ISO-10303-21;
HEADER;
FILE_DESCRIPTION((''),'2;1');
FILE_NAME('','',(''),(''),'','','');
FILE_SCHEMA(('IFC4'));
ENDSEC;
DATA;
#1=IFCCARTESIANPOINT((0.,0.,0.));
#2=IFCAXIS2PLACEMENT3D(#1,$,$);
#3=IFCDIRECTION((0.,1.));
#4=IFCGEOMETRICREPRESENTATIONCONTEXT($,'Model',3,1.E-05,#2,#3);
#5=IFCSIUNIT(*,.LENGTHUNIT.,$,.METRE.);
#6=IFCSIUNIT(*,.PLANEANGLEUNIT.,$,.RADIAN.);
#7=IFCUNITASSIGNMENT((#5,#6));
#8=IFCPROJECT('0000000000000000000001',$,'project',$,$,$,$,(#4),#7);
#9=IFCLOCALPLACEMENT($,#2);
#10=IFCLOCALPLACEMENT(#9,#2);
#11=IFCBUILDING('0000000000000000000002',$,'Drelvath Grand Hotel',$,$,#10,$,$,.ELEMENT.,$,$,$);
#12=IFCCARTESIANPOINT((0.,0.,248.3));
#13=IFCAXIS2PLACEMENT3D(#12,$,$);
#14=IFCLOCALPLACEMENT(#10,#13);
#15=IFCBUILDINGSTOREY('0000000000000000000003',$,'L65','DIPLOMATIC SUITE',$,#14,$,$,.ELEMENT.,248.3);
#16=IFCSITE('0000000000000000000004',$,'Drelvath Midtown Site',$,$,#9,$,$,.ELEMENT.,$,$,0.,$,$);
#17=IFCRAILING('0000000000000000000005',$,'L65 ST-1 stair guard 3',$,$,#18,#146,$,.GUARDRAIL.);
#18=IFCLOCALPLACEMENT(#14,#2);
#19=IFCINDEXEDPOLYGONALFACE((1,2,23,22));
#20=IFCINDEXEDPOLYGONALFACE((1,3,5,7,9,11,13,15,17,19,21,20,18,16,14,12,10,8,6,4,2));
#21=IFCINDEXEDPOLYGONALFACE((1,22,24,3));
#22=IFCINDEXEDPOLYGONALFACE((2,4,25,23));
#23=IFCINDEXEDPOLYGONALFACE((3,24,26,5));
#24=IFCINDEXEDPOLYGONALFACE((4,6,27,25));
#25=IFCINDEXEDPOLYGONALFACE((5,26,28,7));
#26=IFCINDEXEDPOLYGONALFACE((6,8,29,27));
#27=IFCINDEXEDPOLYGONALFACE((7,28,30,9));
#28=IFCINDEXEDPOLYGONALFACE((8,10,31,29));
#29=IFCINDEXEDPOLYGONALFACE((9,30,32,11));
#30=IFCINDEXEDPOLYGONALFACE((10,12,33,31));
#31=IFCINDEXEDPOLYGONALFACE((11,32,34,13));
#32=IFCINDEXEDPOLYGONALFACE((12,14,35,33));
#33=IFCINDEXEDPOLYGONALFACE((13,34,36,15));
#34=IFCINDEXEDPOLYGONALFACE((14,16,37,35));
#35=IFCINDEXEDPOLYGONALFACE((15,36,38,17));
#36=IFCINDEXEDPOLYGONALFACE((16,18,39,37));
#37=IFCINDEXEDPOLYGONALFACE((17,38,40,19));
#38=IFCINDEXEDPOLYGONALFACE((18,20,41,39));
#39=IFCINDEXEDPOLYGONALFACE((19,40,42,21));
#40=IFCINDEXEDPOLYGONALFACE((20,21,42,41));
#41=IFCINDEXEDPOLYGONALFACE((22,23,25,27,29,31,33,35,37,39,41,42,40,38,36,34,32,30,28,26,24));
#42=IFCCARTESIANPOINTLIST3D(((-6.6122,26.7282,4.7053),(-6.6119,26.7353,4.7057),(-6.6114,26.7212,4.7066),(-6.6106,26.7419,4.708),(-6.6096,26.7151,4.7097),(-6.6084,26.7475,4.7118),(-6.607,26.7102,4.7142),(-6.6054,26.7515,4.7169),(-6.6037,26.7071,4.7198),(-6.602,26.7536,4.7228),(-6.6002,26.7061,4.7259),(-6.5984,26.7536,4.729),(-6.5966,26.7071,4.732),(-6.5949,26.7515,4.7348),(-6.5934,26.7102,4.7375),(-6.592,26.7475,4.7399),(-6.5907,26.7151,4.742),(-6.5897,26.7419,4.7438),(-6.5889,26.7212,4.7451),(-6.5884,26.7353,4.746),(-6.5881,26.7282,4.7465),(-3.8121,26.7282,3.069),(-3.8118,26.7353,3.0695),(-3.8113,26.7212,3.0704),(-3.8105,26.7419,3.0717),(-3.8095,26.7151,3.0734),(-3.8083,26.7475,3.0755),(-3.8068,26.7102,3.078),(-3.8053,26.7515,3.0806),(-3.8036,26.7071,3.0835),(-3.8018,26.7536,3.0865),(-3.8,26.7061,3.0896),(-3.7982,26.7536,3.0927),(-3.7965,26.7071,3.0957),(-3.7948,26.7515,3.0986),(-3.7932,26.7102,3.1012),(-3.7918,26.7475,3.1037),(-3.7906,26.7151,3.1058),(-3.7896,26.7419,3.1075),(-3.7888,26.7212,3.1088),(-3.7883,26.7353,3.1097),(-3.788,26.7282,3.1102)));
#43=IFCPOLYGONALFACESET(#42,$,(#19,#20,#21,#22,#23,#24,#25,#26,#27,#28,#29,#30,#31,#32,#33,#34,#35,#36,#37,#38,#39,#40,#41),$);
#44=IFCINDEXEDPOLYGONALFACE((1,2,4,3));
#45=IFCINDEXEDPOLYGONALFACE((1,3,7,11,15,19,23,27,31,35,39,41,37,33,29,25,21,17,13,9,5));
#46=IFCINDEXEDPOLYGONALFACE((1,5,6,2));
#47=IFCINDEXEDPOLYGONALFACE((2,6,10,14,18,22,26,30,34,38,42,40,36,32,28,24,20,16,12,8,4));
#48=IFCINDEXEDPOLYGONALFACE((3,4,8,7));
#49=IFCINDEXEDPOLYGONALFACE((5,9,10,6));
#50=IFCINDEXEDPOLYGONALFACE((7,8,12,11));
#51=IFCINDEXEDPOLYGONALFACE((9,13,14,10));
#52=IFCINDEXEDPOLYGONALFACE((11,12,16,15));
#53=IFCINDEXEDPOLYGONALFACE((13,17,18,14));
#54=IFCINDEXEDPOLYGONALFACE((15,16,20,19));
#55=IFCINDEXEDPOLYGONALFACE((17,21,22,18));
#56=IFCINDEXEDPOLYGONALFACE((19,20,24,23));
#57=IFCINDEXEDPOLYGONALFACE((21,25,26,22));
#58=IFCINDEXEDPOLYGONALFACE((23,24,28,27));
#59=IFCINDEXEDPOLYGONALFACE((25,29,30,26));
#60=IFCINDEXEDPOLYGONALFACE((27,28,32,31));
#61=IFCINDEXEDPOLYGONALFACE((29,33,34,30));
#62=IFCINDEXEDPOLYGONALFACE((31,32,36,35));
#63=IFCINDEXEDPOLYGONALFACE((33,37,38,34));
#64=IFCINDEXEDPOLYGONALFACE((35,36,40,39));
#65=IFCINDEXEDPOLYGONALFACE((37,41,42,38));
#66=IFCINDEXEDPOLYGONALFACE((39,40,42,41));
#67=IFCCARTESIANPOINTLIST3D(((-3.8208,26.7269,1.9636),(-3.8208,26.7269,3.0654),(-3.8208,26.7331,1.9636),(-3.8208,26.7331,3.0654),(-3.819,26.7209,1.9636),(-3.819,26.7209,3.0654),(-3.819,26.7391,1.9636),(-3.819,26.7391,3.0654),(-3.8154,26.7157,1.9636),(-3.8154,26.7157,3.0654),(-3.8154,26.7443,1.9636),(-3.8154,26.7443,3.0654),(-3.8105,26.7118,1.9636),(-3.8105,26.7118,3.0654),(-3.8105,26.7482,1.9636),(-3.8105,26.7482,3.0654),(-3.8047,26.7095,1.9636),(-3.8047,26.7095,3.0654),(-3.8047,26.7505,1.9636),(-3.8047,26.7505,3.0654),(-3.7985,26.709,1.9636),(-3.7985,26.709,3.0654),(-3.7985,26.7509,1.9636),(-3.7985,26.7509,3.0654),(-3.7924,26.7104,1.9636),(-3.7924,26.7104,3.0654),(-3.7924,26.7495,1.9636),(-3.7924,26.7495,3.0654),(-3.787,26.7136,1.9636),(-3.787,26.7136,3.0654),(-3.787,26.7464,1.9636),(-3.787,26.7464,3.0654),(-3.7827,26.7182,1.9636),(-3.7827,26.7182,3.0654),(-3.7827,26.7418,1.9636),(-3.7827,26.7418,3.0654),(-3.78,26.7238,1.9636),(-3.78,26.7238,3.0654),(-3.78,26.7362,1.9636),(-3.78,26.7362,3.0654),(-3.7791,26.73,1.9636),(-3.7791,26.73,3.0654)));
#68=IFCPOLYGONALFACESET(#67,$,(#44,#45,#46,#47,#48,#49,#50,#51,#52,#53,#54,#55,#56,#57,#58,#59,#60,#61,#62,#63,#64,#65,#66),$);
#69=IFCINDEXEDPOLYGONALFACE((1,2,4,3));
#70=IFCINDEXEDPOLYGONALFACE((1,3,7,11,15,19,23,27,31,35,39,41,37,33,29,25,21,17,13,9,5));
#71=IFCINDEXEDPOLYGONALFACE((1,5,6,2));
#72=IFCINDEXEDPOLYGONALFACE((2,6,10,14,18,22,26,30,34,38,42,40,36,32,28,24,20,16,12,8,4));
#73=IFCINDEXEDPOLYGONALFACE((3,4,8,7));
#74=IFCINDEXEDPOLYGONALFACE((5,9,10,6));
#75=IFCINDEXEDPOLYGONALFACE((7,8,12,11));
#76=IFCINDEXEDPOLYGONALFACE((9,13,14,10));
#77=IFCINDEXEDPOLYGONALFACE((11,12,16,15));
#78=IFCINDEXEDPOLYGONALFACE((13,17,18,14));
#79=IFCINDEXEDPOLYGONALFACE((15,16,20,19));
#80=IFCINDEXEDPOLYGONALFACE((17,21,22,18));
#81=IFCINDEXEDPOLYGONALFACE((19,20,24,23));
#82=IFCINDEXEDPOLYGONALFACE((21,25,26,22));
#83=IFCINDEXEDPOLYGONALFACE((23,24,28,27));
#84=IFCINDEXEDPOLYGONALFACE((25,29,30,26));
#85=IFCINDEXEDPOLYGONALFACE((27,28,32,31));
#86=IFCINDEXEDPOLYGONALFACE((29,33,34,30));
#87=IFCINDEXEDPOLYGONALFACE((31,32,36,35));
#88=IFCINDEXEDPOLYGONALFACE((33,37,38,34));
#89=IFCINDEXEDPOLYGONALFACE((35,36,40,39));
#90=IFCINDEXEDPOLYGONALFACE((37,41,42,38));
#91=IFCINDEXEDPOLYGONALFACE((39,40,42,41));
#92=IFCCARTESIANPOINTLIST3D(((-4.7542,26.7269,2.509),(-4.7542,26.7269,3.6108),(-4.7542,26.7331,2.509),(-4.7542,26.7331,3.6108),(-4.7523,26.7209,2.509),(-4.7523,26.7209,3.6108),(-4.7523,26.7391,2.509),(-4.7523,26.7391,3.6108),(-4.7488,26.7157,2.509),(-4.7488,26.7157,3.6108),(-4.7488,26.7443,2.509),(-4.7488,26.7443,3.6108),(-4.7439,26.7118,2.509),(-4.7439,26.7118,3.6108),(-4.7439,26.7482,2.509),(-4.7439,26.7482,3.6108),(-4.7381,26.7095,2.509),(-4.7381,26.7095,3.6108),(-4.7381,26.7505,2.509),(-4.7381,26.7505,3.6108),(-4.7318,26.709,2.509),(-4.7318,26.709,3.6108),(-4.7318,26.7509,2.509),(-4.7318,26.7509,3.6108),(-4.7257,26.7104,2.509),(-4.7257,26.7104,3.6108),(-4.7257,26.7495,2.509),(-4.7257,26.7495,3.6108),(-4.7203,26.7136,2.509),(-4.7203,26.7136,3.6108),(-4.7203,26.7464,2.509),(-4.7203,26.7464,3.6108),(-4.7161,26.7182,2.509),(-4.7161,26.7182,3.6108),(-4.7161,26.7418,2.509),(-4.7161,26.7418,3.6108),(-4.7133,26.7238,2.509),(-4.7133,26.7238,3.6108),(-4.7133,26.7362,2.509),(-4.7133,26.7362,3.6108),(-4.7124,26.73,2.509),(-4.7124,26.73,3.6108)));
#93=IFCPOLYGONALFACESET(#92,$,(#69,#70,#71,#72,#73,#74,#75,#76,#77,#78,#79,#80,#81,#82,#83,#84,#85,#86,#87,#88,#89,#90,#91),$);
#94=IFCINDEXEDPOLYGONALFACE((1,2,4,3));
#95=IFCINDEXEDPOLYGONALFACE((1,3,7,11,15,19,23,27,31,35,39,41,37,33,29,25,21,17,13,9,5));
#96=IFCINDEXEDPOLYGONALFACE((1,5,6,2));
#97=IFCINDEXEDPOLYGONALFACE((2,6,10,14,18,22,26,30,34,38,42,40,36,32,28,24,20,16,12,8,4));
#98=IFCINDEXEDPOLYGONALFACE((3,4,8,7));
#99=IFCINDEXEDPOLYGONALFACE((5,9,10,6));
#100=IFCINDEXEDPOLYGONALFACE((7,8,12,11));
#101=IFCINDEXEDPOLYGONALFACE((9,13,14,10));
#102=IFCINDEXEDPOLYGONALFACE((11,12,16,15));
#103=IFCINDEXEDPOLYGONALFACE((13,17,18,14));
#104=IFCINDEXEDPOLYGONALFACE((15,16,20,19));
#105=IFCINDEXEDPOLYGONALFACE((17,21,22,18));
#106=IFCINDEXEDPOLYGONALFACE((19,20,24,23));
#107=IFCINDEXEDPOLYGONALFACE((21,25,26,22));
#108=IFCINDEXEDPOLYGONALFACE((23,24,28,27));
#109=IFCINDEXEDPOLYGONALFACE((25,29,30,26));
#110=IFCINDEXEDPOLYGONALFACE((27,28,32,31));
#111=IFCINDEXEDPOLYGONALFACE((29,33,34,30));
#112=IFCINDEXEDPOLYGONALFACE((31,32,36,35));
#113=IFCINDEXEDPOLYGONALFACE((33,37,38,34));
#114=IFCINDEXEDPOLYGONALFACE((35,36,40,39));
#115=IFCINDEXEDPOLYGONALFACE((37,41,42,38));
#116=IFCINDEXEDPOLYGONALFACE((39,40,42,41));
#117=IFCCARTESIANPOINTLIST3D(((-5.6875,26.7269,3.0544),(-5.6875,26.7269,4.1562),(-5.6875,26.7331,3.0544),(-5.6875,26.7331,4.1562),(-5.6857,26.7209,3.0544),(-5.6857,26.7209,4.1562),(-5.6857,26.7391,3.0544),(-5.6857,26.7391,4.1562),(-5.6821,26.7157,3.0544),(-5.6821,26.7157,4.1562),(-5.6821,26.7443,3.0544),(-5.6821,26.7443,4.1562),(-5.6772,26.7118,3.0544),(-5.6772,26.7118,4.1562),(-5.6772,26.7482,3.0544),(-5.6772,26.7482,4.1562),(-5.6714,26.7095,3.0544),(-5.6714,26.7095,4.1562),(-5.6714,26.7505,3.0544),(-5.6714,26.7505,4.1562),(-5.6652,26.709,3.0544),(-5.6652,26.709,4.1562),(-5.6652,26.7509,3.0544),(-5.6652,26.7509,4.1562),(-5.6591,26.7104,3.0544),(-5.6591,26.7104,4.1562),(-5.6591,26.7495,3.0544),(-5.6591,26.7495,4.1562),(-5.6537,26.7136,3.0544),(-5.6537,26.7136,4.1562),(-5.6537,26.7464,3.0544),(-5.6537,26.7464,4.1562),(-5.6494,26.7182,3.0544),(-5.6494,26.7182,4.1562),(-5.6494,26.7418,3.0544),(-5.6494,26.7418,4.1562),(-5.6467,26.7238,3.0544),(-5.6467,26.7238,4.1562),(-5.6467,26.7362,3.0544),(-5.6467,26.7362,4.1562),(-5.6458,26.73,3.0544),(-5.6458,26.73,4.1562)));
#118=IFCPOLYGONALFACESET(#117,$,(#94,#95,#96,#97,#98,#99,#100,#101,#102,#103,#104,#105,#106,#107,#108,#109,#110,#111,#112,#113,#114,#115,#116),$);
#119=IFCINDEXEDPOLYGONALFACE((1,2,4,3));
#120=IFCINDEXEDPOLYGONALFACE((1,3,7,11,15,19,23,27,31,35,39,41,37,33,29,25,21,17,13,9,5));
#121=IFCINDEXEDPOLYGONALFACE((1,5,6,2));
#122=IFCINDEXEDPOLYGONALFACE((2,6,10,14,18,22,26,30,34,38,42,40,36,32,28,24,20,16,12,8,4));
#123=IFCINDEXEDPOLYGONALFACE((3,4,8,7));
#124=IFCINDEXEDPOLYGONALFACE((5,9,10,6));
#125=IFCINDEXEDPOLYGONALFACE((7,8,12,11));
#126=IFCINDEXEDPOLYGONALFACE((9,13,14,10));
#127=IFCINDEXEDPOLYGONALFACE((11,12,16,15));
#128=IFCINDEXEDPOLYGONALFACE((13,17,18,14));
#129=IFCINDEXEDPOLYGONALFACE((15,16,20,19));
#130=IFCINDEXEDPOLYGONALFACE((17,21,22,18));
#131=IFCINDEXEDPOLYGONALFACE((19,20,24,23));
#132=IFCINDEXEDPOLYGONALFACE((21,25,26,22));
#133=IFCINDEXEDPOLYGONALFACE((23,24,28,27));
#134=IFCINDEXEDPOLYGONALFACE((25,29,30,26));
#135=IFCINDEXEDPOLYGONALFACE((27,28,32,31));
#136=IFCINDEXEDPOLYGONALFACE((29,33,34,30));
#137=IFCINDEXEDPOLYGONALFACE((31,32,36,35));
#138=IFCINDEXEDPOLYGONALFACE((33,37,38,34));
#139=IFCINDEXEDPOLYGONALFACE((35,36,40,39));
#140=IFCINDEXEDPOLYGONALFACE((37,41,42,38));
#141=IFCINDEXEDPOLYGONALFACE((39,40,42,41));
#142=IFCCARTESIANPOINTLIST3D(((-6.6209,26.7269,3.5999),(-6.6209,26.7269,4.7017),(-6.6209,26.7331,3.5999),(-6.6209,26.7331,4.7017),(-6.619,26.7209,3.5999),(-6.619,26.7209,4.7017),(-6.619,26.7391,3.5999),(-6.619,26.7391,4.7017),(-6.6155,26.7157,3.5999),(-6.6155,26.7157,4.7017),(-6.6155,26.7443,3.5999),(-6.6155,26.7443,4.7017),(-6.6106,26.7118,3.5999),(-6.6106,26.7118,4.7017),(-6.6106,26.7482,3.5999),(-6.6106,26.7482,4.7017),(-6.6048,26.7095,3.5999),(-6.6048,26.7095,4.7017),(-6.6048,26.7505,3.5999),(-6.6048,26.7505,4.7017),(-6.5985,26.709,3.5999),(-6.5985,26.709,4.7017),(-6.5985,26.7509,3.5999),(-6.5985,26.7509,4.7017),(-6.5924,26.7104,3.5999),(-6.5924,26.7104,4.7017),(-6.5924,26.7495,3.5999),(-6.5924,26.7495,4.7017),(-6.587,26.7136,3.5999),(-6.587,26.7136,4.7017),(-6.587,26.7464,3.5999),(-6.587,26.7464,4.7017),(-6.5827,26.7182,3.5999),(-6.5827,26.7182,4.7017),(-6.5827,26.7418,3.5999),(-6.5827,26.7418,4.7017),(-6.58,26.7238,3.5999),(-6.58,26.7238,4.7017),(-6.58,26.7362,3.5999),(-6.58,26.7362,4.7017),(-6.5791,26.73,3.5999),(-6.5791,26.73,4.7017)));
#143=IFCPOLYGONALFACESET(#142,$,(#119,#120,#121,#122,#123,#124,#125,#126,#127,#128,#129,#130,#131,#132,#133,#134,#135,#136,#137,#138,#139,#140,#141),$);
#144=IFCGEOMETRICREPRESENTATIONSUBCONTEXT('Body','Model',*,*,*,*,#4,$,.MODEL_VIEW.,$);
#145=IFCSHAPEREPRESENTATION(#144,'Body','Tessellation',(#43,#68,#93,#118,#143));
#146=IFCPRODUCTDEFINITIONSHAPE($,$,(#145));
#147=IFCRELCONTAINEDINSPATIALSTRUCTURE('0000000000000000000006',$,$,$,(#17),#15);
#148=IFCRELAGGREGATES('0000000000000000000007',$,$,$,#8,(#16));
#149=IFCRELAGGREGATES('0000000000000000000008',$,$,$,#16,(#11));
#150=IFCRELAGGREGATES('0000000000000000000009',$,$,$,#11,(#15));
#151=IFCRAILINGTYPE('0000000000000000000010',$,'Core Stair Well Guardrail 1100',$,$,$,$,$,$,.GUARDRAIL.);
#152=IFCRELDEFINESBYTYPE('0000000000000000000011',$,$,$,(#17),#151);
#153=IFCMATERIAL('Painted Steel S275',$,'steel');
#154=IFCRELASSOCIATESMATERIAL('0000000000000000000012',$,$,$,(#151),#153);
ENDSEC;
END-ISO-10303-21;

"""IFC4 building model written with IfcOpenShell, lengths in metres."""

from ifc_helpers import new_model, si_unit, direction, frame, origin, origin_2d, place, context, subcontext, project, spatial, circle, extrude, material, type_object, element, save


model = new_model("IFC4")

# Units and contexts
model_context = context("Model", 3, precision=1e-05, world=origin(), true_north=direction((0.0, 1.0)))
body_context = subcontext(model_context, "Body", "Model", "MODEL_VIEW")
ifc_project = project(units=[si_unit("LENGTHUNIT", "METRE"), si_unit("PLANEANGLEUNIT", "RADIAN")], contexts=[model_context])

# Site, building, storey
site_placement = place(None, origin())
site = spatial("IfcSite", under=ifc_project, at=site_placement, Name="Drelvath Midtown Site", CompositionType="ELEMENT", RefElevation=0.0)
building_placement = place(site_placement, origin())
building = spatial("IfcBuilding", under=site, at=building_placement, Name="Drelvath Grand Hotel", CompositionType="ELEMENT")
storey_placement = place(building_placement, frame((0.0, 0.0, 248.3)))
storey = spatial("IfcBuildingStorey", under=building, at=storey_placement, Name="L65", Description="DIPLOMATIC SUITE", CompositionType="ELEMENT", Elevation=248.3)

# Shared definitions
ifc_material_1 = material(Name="Painted Steel S275", Category="steel")

# Railing
railing_type_1 = type_object("IfcRailingType", Name="Core Stair Well Guardrail 1100", PredefinedType="GUARDRAIL", material=ifc_material_1)
railing_1_placement = place(storey_placement, frame((-3.8, 26.73, 1.9636)))
element("IfcRailing", 1, at=railing_1_placement, inside=storey, type_object=railing_type_1, Name="L65 ST-1 stair guard 3", PredefinedType="GUARDRAIL", context=body_context, shape_type="SweptSolid", body=[
    extrude(circle(Radius=0.0239, at=origin_2d()), frame((0.0, 0.0, 1.126), z_axis=(-0.863394, 0.0, 0.504531), x_axis=(0.0, -1.0, 0.0)), (0.0, 0.0, 1.0), 3.2432),
    extrude(circle(Radius=0.021, at=origin_2d()), origin(), (0.0, 0.0, 1.0), 1.1018),
    extrude(circle(Radius=0.021, at=origin_2d()), frame((-0.9333, 0.0, 0.5454)), (0.0, 0.0, 1.0), 1.1018),
    extrude(circle(Radius=0.021, at=origin_2d()), frame((-1.8667, 0.0, 1.0908)), (0.0, 0.0, 1.0), 1.1018),
    extrude(circle(Radius=0.021, at=origin_2d()), frame((-2.8, 0.0, 1.6362)), (0.0, 0.0, 1.0), 1.1018),
])

save(model, "model.ifc")
